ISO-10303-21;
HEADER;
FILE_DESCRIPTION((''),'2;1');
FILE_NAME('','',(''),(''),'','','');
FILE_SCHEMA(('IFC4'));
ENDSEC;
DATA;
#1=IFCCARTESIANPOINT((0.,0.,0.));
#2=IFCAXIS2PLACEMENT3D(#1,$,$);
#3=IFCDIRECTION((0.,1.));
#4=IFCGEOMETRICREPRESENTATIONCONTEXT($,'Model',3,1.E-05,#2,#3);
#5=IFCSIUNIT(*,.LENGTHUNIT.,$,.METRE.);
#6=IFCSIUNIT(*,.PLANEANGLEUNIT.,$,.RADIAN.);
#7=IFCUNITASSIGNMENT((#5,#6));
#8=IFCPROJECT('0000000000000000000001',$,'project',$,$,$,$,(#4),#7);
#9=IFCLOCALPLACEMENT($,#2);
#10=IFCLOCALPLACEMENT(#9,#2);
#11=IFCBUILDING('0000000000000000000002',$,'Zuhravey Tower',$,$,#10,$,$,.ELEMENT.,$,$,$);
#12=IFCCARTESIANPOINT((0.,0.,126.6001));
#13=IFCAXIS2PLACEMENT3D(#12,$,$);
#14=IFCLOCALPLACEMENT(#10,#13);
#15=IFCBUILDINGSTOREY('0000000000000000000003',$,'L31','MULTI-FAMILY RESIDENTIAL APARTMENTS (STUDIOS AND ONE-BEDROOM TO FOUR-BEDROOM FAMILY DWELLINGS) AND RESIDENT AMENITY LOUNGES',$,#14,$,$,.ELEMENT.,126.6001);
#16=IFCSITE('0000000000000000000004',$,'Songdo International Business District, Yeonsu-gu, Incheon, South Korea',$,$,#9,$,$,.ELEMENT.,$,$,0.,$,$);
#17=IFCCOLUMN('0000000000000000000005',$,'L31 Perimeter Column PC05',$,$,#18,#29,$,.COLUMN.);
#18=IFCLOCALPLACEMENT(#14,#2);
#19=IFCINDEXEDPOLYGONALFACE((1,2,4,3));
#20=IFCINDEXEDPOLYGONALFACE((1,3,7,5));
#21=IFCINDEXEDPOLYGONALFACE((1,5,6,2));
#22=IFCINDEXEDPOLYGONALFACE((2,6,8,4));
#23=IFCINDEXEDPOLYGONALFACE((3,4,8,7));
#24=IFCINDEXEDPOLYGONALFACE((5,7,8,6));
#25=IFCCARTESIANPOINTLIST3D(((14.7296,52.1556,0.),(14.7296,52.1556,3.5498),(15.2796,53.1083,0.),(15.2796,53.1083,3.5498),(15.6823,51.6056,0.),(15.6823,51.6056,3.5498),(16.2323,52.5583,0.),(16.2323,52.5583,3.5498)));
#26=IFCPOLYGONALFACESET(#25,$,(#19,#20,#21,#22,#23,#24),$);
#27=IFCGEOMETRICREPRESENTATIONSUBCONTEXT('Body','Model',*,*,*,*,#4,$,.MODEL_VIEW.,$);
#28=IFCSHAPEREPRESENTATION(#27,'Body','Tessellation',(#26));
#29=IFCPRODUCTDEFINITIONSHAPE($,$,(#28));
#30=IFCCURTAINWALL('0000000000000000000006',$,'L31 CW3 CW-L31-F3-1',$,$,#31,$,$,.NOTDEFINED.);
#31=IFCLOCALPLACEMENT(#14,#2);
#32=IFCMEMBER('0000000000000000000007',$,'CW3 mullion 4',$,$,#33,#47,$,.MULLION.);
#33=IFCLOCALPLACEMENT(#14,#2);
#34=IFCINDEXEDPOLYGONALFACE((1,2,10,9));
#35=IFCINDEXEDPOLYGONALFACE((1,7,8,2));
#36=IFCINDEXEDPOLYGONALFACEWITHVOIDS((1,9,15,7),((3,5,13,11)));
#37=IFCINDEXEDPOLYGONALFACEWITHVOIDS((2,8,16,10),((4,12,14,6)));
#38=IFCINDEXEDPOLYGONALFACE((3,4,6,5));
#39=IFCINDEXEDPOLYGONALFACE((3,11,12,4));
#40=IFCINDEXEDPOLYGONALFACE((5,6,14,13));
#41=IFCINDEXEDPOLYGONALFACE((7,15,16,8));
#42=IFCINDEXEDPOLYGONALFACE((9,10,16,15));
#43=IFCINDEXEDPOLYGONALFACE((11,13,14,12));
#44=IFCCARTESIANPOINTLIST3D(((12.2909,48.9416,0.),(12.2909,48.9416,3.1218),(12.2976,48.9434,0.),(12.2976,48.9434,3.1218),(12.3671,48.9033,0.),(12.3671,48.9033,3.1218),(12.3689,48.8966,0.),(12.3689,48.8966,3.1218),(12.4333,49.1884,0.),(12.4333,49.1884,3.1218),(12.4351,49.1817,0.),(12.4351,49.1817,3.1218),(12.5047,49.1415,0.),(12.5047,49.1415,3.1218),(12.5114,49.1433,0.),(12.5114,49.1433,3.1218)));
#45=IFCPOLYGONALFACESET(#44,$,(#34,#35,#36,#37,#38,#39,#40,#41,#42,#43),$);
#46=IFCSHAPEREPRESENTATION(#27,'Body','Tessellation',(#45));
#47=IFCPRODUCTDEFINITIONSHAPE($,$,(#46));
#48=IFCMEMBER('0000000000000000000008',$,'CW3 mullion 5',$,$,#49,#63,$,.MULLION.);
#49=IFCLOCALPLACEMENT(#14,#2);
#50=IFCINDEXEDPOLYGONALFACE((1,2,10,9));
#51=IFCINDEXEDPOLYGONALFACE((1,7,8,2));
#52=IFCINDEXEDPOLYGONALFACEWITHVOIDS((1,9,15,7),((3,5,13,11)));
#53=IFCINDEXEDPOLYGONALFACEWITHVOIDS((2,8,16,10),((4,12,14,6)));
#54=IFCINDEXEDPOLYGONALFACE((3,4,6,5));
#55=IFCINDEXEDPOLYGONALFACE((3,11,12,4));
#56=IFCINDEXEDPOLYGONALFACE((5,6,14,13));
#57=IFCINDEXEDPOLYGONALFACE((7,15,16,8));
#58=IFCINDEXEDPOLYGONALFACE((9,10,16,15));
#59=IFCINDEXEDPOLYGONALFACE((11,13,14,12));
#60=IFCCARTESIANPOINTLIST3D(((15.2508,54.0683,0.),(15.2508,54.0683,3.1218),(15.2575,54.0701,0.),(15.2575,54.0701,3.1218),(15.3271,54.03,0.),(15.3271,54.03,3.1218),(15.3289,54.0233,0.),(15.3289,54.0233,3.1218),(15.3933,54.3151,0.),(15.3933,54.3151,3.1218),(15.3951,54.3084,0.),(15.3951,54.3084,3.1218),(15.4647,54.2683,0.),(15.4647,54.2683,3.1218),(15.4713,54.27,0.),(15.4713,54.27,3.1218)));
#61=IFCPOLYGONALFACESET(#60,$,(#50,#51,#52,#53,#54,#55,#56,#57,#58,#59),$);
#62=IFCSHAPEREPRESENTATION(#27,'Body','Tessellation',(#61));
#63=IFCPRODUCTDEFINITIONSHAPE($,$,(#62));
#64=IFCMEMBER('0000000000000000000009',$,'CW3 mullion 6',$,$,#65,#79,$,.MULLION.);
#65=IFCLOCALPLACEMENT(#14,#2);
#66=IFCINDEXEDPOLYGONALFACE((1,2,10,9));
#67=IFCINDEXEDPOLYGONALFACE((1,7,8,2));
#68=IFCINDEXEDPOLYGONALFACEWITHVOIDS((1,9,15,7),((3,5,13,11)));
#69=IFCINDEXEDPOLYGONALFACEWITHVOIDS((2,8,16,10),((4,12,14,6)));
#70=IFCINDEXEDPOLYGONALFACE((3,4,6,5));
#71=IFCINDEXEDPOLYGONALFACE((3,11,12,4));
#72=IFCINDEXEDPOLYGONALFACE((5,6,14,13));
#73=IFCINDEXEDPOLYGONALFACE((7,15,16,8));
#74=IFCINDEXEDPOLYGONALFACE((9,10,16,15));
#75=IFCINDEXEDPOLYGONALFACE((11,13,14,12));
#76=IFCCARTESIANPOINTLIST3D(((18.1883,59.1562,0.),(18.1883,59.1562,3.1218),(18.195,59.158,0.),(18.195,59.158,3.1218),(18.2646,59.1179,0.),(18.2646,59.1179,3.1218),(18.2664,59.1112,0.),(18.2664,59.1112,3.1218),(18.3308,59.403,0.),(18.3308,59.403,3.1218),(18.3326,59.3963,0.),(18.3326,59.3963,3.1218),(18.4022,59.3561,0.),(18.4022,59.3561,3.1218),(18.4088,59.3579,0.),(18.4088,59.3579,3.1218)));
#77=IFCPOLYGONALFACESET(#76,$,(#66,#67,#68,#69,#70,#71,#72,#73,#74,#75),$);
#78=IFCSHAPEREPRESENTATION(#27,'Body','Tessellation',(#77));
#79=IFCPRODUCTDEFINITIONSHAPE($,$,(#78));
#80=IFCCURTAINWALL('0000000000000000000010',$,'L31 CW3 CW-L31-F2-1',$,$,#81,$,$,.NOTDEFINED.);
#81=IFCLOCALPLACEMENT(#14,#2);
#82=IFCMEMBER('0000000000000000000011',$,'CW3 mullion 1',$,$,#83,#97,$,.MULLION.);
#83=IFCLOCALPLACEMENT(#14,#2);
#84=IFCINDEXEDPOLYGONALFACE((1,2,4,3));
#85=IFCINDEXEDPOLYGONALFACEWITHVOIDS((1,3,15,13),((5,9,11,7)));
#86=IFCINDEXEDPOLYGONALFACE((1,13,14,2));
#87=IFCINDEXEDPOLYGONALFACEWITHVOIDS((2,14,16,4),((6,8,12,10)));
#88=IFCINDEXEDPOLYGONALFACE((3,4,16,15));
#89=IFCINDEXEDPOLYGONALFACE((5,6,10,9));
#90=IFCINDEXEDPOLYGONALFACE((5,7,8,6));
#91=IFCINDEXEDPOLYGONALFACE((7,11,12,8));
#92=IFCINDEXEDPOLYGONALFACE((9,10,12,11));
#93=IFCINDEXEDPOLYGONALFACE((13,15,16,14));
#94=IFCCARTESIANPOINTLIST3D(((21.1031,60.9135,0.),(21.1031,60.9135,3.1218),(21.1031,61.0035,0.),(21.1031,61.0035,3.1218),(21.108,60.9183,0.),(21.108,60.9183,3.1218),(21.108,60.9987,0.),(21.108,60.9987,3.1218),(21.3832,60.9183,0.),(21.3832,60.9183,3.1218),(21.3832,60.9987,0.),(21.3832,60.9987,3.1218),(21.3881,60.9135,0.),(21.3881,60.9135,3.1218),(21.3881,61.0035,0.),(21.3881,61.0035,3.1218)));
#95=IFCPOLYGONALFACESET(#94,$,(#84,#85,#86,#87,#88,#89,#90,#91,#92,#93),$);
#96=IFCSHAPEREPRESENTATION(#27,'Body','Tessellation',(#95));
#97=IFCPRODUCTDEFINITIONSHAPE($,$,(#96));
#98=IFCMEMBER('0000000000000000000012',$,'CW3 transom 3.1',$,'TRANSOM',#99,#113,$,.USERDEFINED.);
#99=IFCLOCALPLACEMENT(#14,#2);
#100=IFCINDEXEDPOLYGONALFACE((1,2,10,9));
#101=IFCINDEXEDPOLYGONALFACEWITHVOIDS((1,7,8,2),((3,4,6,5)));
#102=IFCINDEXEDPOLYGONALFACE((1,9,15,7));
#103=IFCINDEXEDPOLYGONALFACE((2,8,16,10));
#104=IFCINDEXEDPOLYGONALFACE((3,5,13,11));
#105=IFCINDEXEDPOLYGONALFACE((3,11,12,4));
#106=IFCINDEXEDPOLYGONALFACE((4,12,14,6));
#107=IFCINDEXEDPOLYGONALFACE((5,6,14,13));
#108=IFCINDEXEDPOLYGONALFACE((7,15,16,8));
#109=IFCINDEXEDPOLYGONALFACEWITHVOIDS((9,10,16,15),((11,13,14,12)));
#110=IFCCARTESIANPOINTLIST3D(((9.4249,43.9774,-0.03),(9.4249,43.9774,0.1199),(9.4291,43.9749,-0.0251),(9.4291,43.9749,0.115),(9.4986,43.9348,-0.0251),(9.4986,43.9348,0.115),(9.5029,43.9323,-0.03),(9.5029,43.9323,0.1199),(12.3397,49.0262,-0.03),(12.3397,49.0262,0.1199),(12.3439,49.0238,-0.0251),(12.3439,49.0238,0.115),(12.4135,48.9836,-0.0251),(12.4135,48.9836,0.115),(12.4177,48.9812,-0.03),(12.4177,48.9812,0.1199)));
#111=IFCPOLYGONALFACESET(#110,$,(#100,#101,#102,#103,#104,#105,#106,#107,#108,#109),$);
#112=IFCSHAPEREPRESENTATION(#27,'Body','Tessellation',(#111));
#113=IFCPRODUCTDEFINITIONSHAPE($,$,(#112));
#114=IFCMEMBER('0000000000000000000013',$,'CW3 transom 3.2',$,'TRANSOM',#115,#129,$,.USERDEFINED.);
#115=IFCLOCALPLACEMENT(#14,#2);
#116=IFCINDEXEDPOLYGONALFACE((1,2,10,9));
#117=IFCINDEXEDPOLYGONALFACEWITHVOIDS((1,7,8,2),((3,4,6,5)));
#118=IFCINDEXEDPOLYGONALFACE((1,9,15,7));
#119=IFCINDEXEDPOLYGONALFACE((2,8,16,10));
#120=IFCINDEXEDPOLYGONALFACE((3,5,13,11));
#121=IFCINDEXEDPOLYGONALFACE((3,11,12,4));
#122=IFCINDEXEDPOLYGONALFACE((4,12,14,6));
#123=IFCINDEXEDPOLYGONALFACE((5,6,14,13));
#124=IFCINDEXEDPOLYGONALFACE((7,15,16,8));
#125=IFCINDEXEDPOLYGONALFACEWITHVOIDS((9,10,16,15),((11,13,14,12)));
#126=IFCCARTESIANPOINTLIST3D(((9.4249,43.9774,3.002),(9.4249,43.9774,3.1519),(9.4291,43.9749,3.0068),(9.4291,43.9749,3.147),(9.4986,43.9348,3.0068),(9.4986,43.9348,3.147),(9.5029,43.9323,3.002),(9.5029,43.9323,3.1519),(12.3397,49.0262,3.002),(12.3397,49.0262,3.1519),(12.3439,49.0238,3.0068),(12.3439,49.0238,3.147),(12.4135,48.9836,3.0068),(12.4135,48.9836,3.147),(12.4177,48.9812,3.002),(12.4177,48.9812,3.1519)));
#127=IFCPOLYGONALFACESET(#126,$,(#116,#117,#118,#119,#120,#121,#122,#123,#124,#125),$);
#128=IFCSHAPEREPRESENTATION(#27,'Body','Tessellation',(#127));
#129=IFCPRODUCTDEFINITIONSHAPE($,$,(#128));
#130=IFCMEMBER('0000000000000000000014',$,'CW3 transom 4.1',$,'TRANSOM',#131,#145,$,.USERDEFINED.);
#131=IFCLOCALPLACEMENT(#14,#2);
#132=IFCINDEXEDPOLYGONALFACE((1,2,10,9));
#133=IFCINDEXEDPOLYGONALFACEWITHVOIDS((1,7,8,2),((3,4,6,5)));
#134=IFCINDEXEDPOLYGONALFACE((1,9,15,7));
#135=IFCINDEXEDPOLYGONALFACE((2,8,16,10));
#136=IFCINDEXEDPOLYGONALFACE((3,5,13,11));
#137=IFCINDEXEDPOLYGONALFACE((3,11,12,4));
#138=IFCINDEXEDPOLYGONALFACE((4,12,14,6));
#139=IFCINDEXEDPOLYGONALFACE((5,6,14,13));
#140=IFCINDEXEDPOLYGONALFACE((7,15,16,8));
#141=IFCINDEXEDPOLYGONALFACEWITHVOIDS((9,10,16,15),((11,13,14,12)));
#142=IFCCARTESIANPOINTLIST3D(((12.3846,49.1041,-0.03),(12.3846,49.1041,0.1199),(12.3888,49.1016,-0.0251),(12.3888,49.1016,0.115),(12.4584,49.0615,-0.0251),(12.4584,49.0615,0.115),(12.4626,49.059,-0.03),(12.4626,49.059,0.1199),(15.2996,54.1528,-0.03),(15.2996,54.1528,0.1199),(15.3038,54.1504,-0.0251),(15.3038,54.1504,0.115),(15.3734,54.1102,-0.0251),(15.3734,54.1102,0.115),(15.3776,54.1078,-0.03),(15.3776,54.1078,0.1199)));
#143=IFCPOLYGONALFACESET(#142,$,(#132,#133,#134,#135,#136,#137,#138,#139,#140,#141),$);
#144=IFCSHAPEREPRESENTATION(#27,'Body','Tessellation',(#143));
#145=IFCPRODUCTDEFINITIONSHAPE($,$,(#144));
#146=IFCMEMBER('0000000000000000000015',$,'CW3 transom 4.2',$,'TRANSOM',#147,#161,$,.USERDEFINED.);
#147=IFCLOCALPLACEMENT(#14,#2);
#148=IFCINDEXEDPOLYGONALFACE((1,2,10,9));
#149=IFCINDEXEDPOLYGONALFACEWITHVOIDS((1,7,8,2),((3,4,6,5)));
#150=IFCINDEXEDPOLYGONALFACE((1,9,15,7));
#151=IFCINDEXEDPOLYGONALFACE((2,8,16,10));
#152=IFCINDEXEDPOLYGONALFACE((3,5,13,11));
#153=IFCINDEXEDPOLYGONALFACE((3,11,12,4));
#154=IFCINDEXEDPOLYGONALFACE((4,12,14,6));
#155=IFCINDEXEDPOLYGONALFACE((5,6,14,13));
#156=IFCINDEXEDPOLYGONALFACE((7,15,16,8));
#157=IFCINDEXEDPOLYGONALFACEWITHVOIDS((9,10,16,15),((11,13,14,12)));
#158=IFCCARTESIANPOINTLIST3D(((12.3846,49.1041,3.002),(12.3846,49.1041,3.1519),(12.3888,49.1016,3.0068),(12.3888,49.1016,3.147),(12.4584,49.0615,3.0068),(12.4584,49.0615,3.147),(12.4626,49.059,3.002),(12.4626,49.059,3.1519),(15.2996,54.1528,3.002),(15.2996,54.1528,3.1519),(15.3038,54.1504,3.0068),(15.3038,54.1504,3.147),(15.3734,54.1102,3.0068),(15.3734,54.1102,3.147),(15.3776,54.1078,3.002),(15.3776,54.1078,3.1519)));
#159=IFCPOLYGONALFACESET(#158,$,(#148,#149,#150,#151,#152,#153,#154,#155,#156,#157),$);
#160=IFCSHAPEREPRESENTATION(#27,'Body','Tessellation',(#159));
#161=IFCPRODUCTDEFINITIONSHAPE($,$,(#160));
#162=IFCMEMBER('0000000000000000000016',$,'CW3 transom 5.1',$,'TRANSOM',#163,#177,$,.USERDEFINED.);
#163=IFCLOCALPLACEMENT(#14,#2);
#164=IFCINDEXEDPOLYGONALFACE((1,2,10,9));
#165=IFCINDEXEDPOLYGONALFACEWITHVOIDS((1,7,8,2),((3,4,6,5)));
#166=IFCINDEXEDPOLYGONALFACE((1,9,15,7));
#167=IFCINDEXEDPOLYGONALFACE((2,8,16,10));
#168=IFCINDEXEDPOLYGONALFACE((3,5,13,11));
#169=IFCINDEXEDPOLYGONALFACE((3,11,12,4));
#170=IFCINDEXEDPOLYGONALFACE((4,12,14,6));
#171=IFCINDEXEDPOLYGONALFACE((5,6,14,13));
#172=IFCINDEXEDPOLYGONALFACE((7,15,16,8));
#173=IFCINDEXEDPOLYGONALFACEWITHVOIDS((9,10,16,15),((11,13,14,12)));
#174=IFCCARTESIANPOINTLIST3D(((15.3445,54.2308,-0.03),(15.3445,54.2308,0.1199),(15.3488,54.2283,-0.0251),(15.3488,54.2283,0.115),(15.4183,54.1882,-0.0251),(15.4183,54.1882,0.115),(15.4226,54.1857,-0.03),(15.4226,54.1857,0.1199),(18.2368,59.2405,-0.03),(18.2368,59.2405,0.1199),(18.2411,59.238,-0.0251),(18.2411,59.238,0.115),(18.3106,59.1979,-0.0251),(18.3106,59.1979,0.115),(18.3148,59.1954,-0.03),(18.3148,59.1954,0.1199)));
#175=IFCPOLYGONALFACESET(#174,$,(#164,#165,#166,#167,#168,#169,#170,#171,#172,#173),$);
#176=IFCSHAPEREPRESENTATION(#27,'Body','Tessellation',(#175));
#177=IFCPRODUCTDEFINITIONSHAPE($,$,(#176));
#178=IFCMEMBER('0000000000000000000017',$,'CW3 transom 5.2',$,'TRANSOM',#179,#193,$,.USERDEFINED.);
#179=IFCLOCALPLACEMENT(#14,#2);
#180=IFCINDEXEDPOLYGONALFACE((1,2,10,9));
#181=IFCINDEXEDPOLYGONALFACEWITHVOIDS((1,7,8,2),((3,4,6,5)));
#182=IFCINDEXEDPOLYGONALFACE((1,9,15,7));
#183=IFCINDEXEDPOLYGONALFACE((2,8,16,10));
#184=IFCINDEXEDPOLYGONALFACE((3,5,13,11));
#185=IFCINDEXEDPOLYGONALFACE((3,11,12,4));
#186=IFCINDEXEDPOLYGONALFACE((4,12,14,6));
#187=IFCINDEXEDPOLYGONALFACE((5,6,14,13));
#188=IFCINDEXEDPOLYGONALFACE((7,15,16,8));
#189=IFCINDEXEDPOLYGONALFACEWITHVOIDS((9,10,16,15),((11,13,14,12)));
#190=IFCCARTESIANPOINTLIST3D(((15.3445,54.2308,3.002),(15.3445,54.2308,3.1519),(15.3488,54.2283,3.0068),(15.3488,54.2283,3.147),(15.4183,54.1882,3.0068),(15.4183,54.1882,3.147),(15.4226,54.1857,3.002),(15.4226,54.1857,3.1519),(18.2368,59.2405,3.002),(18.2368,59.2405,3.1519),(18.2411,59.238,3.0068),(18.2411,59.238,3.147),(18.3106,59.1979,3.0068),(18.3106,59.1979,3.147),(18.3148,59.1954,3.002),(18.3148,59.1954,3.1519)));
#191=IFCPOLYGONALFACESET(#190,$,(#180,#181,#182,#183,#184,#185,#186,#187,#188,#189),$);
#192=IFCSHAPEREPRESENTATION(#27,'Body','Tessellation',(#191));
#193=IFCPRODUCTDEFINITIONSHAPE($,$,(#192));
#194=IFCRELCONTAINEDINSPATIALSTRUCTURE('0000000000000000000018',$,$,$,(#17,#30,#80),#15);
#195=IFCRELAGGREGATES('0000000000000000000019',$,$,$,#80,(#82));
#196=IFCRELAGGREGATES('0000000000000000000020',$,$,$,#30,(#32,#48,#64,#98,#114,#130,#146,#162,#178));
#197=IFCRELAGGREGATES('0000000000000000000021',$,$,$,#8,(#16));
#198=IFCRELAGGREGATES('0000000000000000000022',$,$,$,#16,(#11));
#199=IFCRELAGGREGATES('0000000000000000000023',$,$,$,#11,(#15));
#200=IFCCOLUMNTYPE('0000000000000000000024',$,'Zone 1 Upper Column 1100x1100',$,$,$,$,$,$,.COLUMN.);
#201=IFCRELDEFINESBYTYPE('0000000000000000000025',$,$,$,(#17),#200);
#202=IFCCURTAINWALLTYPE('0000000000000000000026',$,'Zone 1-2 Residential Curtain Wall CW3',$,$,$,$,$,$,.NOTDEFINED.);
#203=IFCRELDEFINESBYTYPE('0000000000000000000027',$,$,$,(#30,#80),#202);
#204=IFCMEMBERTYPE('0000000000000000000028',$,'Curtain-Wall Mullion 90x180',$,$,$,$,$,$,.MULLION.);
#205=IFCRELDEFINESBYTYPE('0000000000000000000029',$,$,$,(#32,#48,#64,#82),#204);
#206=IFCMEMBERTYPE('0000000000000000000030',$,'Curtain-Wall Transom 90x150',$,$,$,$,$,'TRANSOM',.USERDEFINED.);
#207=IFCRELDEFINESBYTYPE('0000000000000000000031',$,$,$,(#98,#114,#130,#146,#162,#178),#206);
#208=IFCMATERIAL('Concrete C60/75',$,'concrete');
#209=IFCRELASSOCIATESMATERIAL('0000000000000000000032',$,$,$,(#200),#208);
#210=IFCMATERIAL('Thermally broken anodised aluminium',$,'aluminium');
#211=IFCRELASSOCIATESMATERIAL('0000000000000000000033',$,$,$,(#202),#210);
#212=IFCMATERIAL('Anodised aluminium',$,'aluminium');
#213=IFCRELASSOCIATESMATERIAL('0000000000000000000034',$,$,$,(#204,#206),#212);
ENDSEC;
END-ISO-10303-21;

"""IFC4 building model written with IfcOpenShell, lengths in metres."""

from ifc_helpers import new_model, si_unit, direction, frame, origin, origin_2d, place, context, subcontext, project, spatial, rectangle, hollow_rectangle, extrude, material, material_profile, profile_set, type_object, element, aggregate, save


model = new_model("IFC4")

# Units and contexts
model_context = context("Model", 3, precision=1e-05, world=origin(), true_north=direction((0.0, 1.0)))
body_context = subcontext(model_context, "Body", "Model", "MODEL_VIEW")
ifc_project = project(units=[si_unit("LENGTHUNIT", "METRE"), si_unit("PLANEANGLEUNIT", "RADIAN")], contexts=[model_context])

# Site, building, storey
site_placement = place(None, origin())
site = spatial("IfcSite", under=ifc_project, at=site_placement, Name="Songdo International Business District, Yeonsu-gu, Incheon, South Korea", CompositionType="ELEMENT", RefElevation=0.0)
building_placement = place(site_placement, origin())
building = spatial("IfcBuilding", under=site, at=building_placement, Name="Zuhravey Tower", CompositionType="ELEMENT")
storey_placement = place(building_placement, frame((0.0, 0.0, 126.6001)))
storey = spatial("IfcBuildingStorey", under=building, at=storey_placement, Name="L31", Description="MULTI-FAMILY RESIDENTIAL APARTMENTS (STUDIOS AND ONE-BEDROOM TO FOUR-BEDROOM FAMILY DWELLINGS) AND RESIDENT AMENITY LOUNGES", CompositionType="ELEMENT", Elevation=126.6001)

# Column
ifc_material_1 = material(Name="Concrete C60/75", Category="concrete")
ifc_material_profile_1 = material_profile(ifc_material_1, rectangle(XDim=1.1001, YDim=1.1001, at=origin_2d()), Name="RC-1100x1100")
ifc_profile_set_1 = profile_set([ifc_material_profile_1], Name="Concrete C60/75")
column_type = type_object("IfcColumnType", Name="Zone 1 Upper Column 1100x1100", PredefinedType="COLUMN", material=ifc_profile_set_1)
column_placement = place(storey_placement, frame((15.481, 52.3569, 0.0), z_axis=(0.0, 0.0, 1.0), x_axis=(-0.5, -0.866025, 0.0)))
element("IfcColumn", 1, at=column_placement, inside=storey, type_object=column_type, Name="L31 Perimeter Column PC05", PredefinedType="COLUMN", context=body_context, shape_type="SweptSolid", body=[
    extrude(rectangle(XDim=1.1001, YDim=1.1001, at=origin_2d()), origin(), (0.0, 0.0, 1.0), 3.5498),
])

# Curtain wall, members
ifc_material_2 = material(Name="Thermally broken anodised aluminium", Category="aluminium")
curtain_wall_type = type_object("IfcCurtainWallType", Name="Zone 1-2 Residential Curtain Wall CW3", PredefinedType="NOTDEFINED", material=ifc_material_2)
curtain_wall_1_placement = place(storey_placement, origin())
curtain_wall_1 = element("IfcCurtainWall", 2, at=curtain_wall_1_placement, inside=storey, type_object=curtain_wall_type, Name="L31 CW3 CW-L31-F3-1", PredefinedType="NOTDEFINED")
ifc_material_3 = material(Name="Anodised aluminium", Category="aluminium")
ifc_material_profile_2 = material_profile(ifc_material_3, hollow_rectangle(XDim=0.0901, YDim=0.2849, WallThickness=0.0049, at=origin_2d()), Name="ALU-RHS-90x285x5")
ifc_profile_set_2 = profile_set([ifc_material_profile_2], Name="Anodised aluminium")
member_type_1 = type_object("IfcMemberType", Name="Curtain-Wall Mullion 90x180", PredefinedType="MULLION", material=ifc_profile_set_2)
member_1_placement = place(storey_placement, frame((12.4011, 49.0425, 0.0), z_axis=(0.0, 0.0, 1.0), x_axis=(-0.866026, 0.5, 0.0)))
member_1 = element("IfcMember", 3, at=member_1_placement, type_object=member_type_1, Name="CW3 mullion 4", PredefinedType="MULLION", context=body_context, shape_type="SweptSolid", body=[
    extrude(hollow_rectangle(XDim=0.0901, YDim=0.2849, WallThickness=0.0049, at=origin_2d()), origin(), (0.0, 0.0, 1.0), 3.1218),
])
member_2_placement = place(storey_placement, frame((15.3611, 54.1692, 0.0), z_axis=(0.0, 0.0, 1.0), x_axis=(-0.866026, 0.5, 0.0)))
member_2 = element("IfcMember", 4, at=member_2_placement, type_object=member_type_1, Name="CW3 mullion 5", PredefinedType="MULLION", context=body_context, shape_type="SweptSolid", body=[
    extrude(hollow_rectangle(XDim=0.0901, YDim=0.2849, WallThickness=0.0049, at=origin_2d()), origin(), (0.0, 0.0, 1.0), 3.1218),
])
member_3_placement = place(storey_placement, frame((18.2986, 59.2571, 0.0), z_axis=(0.0, 0.0, 1.0), x_axis=(-0.866026, 0.5, 0.0)))
member_3 = element("IfcMember", 5, at=member_3_placement, type_object=member_type_1, Name="CW3 mullion 6", PredefinedType="MULLION", context=body_context, shape_type="SweptSolid", body=[
    extrude(hollow_rectangle(XDim=0.0901, YDim=0.2849, WallThickness=0.0049, at=origin_2d()), origin(), (0.0, 0.0, 1.0), 3.1218),
])

# Curtain wall, member
curtain_wall_2_placement = place(storey_placement, origin())
curtain_wall_2 = element("IfcCurtainWall", 6, at=curtain_wall_2_placement, inside=storey, type_object=curtain_wall_type, Name="L31 CW3 CW-L31-F2-1", PredefinedType="NOTDEFINED")
member_4_placement = place(storey_placement, frame((21.2456, 60.9585, 0.0), z_axis=(0.0, 0.0, 1.0), x_axis=(0.0, 1.0, 0.0)))
member_4 = element("IfcMember", 7, at=member_4_placement, type_object=member_type_1, Name="CW3 mullion 1", PredefinedType="MULLION", context=body_context, shape_type="SweptSolid", body=[
    extrude(hollow_rectangle(XDim=0.0901, YDim=0.2849, WallThickness=0.0049, at=origin_2d()), origin(), (0.0, 0.0, 1.0), 3.1218),
])

# Members
ifc_material_profile_3 = material_profile(ifc_material_3, hollow_rectangle(XDim=0.0901, YDim=0.1499, WallThickness=0.0049, at=origin_2d()), Name="ALU-RHS-90x150x5")
ifc_profile_set_3 = profile_set([ifc_material_profile_3], Name="Anodised aluminium")
member_type_2 = type_object("IfcMemberType", Name="Curtain-Wall Transom 90x150", ElementType="TRANSOM", PredefinedType="USERDEFINED", material=ifc_profile_set_3)
member_5_placement = place(storey_placement, frame((9.4639, 43.9548, 0.0449), z_axis=(0.499981, 0.866036, 0.0), x_axis=(-0.866036, 0.499981, 0.0)))
member_5 = element("IfcMember", 8, at=member_5_placement, type_object=member_type_2, Name="CW3 transom 3.1", ObjectType="TRANSOM", PredefinedType="USERDEFINED", context=body_context, shape_type="SweptSolid", body=[
    extrude(hollow_rectangle(XDim=0.0901, YDim=0.1499, WallThickness=0.0049, at=origin_2d()), origin(), (0.0, 0.0, 1.0), 5.8298),
])
member_6_placement = place(storey_placement, frame((9.4639, 43.9548, 3.0769), z_axis=(0.499981, 0.866036, 0.0), x_axis=(-0.866036, 0.499981, 0.0)))
member_6 = element("IfcMember", 9, at=member_6_placement, type_object=member_type_2, Name="CW3 transom 3.2", ObjectType="TRANSOM", PredefinedType="USERDEFINED", context=body_context, shape_type="SweptSolid", body=[
    extrude(hollow_rectangle(XDim=0.0901, YDim=0.1499, WallThickness=0.0049, at=origin_2d()), origin(), (0.0, 0.0, 1.0), 5.8298),
])
member_7_placement = place(storey_placement, frame((12.4236, 49.0815, 0.0449), z_axis=(0.500012, 0.866018, 0.0), x_axis=(-0.866018, 0.500012, 0.0)))
member_7 = element("IfcMember", 10, at=member_7_placement, type_object=member_type_2, Name="CW3 transom 4.1", ObjectType="TRANSOM", PredefinedType="USERDEFINED", context=body_context, shape_type="SweptSolid", body=[
    extrude(hollow_rectangle(XDim=0.0901, YDim=0.1499, WallThickness=0.0049, at=origin_2d()), origin(), (0.0, 0.0, 1.0), 5.8298),
])
member_8_placement = place(storey_placement, frame((12.4236, 49.0815, 3.0769), z_axis=(0.500012, 0.866018, 0.0), x_axis=(-0.866018, 0.500012, 0.0)))
member_8 = element("IfcMember", 11, at=member_8_placement, type_object=member_type_2, Name="CW3 transom 4.2", ObjectType="TRANSOM", PredefinedType="USERDEFINED", context=body_context, shape_type="SweptSolid", body=[
    extrude(hollow_rectangle(XDim=0.0901, YDim=0.1499, WallThickness=0.0049, at=origin_2d()), origin(), (0.0, 0.0, 1.0), 5.8298),
])
member_9_placement = place(storey_placement, frame((15.3835, 54.2083, 0.0449), z_axis=(0.499993, 0.86603, 0.0), x_axis=(-0.86603, 0.499993, 0.0)))
member_9 = element("IfcMember", 12, at=member_9_placement, type_object=member_type_2, Name="CW3 transom 5.1", ObjectType="TRANSOM", PredefinedType="USERDEFINED", context=body_context, shape_type="SweptSolid", body=[
    extrude(hollow_rectangle(XDim=0.0901, YDim=0.1499, WallThickness=0.0049, at=origin_2d()), origin(), (0.0, 0.0, 1.0), 5.7847),
])
member_10_placement = place(storey_placement, frame((15.3835, 54.2083, 3.0769), z_axis=(0.499993, 0.86603, 0.0), x_axis=(-0.86603, 0.499993, 0.0)))
member_10 = element("IfcMember", 13, at=member_10_placement, type_object=member_type_2, Name="CW3 transom 5.2", ObjectType="TRANSOM", PredefinedType="USERDEFINED", context=body_context, shape_type="SweptSolid", body=[
    extrude(hollow_rectangle(XDim=0.0901, YDim=0.1499, WallThickness=0.0049, at=origin_2d()), origin(), (0.0, 0.0, 1.0), 5.7847),
])
aggregate(curtain_wall_2, [member_4])

aggregate(curtain_wall_1, [member_1, member_2, member_3, member_5, member_6, member_7, member_8, member_9, member_10])

save(model, "model.ifc")
